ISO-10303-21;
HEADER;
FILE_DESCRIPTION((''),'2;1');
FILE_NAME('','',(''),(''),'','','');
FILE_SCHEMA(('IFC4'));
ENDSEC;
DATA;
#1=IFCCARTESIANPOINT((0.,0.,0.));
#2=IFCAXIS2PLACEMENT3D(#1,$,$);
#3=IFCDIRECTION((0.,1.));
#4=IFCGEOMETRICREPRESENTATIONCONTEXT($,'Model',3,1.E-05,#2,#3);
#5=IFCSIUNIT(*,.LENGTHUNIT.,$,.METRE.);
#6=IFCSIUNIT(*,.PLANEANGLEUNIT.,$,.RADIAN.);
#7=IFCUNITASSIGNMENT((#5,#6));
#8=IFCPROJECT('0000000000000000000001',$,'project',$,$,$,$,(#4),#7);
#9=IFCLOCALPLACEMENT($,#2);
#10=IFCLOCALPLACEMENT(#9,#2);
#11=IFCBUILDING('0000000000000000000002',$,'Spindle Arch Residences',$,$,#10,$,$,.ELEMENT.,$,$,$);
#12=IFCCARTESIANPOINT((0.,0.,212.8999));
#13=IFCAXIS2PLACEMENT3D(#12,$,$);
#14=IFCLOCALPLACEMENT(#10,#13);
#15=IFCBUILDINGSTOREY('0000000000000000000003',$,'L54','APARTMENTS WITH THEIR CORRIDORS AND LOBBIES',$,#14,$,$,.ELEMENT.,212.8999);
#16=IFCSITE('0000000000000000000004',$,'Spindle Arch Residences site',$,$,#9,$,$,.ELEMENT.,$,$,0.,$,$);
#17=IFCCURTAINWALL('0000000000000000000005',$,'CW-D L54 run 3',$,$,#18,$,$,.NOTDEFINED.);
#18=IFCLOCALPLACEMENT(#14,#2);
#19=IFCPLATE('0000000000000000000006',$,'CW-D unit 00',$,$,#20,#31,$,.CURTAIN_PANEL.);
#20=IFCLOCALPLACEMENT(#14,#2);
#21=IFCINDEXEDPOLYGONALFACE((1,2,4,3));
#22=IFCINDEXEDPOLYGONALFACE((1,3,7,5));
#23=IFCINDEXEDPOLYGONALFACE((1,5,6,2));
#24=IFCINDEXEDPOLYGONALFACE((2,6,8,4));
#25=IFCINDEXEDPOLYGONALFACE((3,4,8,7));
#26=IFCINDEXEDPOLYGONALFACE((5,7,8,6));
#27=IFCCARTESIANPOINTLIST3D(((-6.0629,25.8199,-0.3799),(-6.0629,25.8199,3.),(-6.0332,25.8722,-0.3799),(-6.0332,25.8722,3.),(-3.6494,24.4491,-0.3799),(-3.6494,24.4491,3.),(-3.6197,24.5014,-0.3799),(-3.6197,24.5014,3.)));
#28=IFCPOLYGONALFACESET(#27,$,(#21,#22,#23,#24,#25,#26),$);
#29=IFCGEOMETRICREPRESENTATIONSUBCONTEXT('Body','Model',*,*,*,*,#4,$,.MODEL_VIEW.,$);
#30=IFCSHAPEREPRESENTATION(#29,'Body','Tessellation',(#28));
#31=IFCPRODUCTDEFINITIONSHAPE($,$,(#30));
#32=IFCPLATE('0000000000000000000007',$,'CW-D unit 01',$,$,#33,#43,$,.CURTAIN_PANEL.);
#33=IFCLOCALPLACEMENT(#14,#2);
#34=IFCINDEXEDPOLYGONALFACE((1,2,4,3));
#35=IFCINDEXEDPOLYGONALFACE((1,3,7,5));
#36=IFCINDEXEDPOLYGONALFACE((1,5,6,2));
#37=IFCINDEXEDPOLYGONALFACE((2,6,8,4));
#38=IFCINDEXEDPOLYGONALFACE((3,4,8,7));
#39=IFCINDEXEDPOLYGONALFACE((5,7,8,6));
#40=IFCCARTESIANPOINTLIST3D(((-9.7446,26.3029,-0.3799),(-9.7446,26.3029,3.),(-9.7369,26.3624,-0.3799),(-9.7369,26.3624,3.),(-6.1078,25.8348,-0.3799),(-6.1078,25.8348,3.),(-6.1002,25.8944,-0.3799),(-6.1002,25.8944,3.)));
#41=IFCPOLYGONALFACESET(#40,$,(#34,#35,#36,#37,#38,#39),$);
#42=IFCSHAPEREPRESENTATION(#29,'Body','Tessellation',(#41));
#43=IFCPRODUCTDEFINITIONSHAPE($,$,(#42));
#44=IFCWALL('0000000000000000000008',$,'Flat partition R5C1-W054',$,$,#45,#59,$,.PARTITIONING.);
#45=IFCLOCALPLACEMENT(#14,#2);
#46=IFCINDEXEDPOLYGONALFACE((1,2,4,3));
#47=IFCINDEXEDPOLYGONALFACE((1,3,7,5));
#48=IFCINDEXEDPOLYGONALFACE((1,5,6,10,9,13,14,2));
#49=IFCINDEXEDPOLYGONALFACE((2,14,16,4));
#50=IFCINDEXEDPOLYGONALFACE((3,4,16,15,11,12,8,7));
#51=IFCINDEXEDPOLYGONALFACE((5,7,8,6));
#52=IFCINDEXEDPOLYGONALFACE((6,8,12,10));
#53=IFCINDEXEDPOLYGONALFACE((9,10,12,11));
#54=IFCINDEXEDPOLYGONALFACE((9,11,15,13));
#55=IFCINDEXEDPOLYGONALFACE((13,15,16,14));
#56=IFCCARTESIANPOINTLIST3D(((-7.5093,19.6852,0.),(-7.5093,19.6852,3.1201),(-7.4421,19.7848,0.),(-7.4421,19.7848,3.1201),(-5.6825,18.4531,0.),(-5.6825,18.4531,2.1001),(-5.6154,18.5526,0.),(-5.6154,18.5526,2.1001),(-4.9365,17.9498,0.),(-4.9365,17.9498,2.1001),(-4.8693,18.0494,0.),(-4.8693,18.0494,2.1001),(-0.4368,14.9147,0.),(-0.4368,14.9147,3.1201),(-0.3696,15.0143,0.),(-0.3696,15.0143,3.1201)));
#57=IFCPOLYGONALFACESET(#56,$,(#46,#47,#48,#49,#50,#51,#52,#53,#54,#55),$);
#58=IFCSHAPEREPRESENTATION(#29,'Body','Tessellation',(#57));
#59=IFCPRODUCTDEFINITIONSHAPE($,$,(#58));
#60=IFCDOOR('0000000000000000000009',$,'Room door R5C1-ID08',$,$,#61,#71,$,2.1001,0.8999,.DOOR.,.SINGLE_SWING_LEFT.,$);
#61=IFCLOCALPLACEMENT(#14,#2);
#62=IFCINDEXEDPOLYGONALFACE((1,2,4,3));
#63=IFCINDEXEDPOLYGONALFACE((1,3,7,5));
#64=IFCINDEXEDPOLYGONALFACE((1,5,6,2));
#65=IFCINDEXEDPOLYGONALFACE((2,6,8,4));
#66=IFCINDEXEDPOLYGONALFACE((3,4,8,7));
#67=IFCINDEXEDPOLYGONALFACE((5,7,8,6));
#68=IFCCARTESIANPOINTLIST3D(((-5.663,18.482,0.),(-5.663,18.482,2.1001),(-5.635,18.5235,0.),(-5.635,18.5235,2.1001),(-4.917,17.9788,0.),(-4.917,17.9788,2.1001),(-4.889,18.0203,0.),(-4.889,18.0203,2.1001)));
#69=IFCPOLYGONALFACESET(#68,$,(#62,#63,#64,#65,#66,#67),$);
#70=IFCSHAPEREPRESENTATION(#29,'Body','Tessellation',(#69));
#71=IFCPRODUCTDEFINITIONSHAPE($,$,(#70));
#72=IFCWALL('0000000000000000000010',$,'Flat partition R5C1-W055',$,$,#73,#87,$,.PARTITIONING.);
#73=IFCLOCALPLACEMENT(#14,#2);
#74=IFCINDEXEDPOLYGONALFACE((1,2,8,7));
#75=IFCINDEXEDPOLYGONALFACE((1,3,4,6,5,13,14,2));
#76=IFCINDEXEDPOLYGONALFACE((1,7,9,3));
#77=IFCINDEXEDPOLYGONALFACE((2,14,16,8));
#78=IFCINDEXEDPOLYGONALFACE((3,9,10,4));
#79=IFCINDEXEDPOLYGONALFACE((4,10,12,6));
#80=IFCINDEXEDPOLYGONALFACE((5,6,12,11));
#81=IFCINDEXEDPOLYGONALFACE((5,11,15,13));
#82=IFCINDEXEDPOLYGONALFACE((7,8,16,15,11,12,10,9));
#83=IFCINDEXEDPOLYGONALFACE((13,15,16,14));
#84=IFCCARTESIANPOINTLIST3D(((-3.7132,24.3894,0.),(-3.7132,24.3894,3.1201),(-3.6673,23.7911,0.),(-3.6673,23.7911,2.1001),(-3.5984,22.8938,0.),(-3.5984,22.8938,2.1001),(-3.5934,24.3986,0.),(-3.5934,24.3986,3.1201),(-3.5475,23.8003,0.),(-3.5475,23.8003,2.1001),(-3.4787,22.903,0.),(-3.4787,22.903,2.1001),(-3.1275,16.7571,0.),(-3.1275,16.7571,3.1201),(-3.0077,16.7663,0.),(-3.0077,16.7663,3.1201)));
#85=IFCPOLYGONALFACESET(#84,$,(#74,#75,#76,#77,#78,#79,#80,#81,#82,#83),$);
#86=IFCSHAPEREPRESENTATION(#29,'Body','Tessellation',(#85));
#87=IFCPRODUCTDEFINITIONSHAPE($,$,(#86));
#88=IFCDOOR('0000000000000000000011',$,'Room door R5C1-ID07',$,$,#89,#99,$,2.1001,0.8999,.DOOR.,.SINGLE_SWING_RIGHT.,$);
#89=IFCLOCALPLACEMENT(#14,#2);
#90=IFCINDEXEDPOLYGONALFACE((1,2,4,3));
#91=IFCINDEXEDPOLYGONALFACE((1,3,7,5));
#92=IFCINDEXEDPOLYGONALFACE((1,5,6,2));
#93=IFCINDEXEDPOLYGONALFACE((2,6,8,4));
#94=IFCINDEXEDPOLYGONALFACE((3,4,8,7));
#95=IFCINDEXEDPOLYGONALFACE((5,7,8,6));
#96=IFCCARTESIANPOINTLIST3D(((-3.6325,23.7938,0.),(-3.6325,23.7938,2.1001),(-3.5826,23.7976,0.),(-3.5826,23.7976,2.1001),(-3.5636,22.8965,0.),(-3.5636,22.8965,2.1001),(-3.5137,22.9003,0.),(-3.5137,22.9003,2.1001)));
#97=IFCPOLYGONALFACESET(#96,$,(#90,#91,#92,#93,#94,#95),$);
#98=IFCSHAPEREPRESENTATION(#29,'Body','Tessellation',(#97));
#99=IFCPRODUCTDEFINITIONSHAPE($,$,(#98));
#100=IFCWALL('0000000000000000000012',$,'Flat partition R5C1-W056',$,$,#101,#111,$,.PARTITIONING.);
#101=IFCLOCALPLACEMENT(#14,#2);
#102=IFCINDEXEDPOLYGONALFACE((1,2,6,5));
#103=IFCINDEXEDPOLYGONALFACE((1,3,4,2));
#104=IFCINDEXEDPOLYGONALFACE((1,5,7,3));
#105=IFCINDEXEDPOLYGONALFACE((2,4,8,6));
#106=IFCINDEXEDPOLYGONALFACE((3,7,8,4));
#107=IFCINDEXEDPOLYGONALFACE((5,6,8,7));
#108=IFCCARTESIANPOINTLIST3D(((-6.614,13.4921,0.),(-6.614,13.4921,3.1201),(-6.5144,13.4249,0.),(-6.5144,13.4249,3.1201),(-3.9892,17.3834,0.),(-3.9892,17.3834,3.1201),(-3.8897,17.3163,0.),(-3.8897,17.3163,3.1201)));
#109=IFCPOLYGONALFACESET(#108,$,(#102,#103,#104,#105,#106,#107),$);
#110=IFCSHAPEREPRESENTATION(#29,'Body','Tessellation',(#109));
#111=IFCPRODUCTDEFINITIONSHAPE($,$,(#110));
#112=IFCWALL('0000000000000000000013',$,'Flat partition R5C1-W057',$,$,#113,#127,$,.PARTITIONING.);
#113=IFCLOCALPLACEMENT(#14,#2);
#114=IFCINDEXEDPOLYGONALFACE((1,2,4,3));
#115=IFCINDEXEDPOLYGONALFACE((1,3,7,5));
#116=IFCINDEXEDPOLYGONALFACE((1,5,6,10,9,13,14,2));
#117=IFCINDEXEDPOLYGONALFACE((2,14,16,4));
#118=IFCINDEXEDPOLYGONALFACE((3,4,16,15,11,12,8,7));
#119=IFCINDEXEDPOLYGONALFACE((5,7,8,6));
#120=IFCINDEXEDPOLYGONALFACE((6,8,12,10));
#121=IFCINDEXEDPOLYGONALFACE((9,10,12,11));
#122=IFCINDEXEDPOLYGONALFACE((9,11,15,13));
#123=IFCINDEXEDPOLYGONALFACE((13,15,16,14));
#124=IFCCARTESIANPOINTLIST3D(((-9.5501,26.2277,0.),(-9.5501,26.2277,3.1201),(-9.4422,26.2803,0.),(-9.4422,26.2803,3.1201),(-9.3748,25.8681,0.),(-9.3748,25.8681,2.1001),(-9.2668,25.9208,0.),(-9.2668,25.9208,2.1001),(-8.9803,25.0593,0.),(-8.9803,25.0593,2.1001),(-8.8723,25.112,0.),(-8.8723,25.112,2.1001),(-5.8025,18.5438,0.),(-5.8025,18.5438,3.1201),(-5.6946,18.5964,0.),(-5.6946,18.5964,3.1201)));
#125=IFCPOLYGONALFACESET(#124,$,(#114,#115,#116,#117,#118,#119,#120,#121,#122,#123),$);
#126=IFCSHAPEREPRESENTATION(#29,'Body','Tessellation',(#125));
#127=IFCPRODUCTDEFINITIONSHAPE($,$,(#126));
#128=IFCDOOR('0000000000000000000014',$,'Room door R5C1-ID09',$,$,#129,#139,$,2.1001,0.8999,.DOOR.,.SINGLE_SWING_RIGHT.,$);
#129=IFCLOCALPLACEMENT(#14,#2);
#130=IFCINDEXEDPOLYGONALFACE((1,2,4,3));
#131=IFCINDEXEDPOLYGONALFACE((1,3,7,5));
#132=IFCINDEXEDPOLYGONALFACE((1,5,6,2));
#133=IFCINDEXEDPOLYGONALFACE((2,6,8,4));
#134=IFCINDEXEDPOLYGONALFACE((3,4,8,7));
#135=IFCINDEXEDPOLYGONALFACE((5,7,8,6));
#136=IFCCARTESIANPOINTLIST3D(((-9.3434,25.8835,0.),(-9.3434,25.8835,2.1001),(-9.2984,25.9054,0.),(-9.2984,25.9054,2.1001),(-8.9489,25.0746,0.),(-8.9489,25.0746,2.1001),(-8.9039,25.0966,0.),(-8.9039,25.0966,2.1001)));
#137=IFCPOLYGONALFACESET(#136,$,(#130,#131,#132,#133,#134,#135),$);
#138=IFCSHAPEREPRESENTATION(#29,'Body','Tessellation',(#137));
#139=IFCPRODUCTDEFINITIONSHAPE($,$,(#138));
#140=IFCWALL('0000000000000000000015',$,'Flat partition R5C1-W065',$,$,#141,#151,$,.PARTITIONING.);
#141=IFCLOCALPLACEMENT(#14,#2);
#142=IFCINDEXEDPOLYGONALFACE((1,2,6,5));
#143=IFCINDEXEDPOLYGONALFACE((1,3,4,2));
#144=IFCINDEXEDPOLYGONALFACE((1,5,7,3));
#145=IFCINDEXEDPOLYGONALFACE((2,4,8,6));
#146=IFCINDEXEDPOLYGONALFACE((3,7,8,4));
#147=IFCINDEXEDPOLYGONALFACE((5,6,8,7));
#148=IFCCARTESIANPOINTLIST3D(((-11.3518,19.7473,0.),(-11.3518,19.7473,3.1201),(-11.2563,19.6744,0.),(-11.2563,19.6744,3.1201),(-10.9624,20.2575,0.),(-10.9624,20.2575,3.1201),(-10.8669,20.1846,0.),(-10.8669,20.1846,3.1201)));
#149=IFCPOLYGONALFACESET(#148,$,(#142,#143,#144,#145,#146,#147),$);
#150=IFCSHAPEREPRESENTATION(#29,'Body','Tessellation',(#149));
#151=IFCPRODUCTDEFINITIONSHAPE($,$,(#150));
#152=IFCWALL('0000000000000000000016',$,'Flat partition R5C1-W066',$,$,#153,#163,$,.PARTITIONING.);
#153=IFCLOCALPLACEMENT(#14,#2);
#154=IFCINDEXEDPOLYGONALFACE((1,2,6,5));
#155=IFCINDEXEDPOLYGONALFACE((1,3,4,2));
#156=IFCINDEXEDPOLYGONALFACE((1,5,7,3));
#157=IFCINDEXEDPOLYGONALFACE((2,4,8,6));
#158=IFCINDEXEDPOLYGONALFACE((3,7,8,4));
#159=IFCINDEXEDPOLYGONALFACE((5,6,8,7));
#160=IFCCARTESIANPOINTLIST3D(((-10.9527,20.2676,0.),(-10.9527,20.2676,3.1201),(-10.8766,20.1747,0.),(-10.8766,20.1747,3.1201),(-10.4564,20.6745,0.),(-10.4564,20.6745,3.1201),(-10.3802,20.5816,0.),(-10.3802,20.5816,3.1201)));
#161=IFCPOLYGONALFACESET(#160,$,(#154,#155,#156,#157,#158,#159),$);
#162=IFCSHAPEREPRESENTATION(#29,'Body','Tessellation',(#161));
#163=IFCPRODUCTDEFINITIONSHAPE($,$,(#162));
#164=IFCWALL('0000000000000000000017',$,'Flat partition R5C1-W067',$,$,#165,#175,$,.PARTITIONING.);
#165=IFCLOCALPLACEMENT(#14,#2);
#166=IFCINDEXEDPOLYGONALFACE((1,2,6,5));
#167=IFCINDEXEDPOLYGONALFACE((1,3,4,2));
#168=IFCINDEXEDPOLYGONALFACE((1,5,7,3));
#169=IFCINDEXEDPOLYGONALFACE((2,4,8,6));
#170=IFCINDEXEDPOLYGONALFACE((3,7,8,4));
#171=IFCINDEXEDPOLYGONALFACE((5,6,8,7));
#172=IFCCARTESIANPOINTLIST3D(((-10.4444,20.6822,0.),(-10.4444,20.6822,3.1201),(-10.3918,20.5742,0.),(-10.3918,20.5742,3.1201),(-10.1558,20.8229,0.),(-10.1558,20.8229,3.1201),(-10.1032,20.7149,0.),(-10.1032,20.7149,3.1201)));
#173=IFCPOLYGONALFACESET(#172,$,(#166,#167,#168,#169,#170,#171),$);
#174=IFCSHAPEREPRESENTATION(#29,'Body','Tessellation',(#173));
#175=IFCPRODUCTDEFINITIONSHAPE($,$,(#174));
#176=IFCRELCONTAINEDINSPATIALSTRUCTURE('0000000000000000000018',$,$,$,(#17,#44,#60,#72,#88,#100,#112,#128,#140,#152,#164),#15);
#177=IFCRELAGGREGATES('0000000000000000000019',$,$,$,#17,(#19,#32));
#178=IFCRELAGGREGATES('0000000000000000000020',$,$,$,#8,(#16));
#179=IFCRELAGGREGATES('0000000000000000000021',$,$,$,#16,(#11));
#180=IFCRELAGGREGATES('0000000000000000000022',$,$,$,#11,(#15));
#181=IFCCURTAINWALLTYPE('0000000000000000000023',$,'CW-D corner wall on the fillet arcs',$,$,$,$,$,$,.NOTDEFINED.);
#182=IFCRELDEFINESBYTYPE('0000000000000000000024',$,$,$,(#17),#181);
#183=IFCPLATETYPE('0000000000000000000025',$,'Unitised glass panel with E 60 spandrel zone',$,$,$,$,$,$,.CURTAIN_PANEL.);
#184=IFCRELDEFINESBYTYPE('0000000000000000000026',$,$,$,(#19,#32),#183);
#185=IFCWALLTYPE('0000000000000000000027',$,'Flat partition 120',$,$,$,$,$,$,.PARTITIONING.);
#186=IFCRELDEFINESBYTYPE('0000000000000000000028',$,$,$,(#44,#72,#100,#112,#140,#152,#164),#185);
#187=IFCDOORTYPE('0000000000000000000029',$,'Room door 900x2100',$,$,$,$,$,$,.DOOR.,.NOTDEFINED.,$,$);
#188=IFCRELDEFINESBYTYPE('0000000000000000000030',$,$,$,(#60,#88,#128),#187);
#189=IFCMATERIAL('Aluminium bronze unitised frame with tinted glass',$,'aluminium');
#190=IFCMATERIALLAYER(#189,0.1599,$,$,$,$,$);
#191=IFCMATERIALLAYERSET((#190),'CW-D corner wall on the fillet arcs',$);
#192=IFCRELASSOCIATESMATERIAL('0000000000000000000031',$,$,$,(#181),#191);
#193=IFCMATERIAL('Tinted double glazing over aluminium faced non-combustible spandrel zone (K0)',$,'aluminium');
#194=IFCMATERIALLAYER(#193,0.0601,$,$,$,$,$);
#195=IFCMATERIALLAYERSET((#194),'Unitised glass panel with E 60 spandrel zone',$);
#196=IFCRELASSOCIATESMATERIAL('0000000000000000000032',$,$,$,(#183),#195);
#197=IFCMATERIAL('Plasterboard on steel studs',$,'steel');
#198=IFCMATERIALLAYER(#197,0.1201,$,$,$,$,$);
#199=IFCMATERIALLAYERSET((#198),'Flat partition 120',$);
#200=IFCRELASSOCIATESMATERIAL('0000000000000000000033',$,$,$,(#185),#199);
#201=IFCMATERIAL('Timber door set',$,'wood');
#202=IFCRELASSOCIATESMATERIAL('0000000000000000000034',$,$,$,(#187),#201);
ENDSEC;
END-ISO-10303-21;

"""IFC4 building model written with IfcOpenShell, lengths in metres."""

from ifc_helpers import new_model, si_unit, direction, frame, frame_2d, origin, origin_2d, place, context, subcontext, project, spatial, rectangle, extrude, material, layer, layer_set, type_object, element, fill, aggregate, save


model = new_model("IFC4")

# Units and contexts
model_context = context("Model", 3, precision=1e-05, world=origin(), true_north=direction((0.0, 1.0)))
body_context = subcontext(model_context, "Body", "Model", "MODEL_VIEW")
ifc_project = project(units=[si_unit("LENGTHUNIT", "METRE"), si_unit("PLANEANGLEUNIT", "RADIAN")], contexts=[model_context])

# Site, building, storey
site_placement = place(None, origin())
site = spatial("IfcSite", under=ifc_project, at=site_placement, Name="Spindle Arch Residences site", CompositionType="ELEMENT", RefElevation=0.0)
building_placement = place(site_placement, origin())
building = spatial("IfcBuilding", under=site, at=building_placement, Name="Spindle Arch Residences", CompositionType="ELEMENT")
storey_placement = place(building_placement, frame((0.0, 0.0, 212.8999)))
storey = spatial("IfcBuildingStorey", under=building, at=storey_placement, Name="L54", Description="APARTMENTS WITH THEIR CORRIDORS AND LOBBIES", CompositionType="ELEMENT", Elevation=212.8999)

# Curtain wall
ifc_material_1 = material(Name="Aluminium bronze unitised frame with tinted glass", Category="aluminium")
ifc_layer_1 = layer(ifc_material_1, 0.1599)
ifc_layer_set_1 = layer_set([ifc_layer_1], Name="CW-D corner wall on the fillet arcs")
curtain_wall_type = type_object("IfcCurtainWallType", Name="CW-D corner wall on the fillet arcs", PredefinedType="NOTDEFINED", material=ifc_layer_set_1)
curtain_wall_placement = place(storey_placement, origin())
curtain_wall = element("IfcCurtainWall", 1, at=curtain_wall_placement, inside=storey, type_object=curtain_wall_type, Name="CW-D L54 run 3", PredefinedType="NOTDEFINED")

# Plates
ifc_material_2 = material(Name="Tinted double glazing over aluminium faced non-combustible spandrel zone (K0)", Category="aluminium")
ifc_layer_2 = layer(ifc_material_2, 0.0601)
ifc_layer_set_2 = layer_set([ifc_layer_2], Name="Unitised glass panel with E 60 spandrel zone")
plate_type = type_object("IfcPlateType", Name="Unitised glass panel with E 60 spandrel zone", PredefinedType="CURTAIN_PANEL", material=ifc_layer_set_2)
plate_1_placement = place(storey_placement, frame((-4.8413, 25.1606, -0.3799), z_axis=(0.0, 0.0, 1.0), x_axis=(-0.869539, 0.493865, 0.0)))
plate_1 = element("IfcPlate", 2, at=plate_1_placement, type_object=plate_type, Name="CW-D unit 00", PredefinedType="CURTAIN_PANEL", context=body_context, shape_type="SweptSolid", body=[
    extrude(rectangle(XDim=2.7756, YDim=0.0601, at=origin_2d()), origin(), (0.0, 0.0, 1.0), 3.3799),
])
plate_2_placement = place(storey_placement, frame((-7.9224, 26.0986, -0.3799), z_axis=(0.0, 0.0, 1.0), x_axis=(-0.99182, 0.127642, 0.0)))
plate_2 = element("IfcPlate", 3, at=plate_2_placement, type_object=plate_type, Name="CW-D unit 01", PredefinedType="CURTAIN_PANEL", context=body_context, shape_type="SweptSolid", body=[
    extrude(rectangle(XDim=3.6667, YDim=0.0601, at=origin_2d()), origin(), (0.0, 0.0, 1.0), 3.3799),
])
aggregate(curtain_wall, [plate_1, plate_2])

# Walls, openings, doors
ifc_material_3 = material(Name="Plasterboard on steel studs", Category="steel")
ifc_layer_3 = layer(ifc_material_3, 0.1201)
ifc_layer_set_3 = layer_set([ifc_layer_3], Name="Flat partition 120")
wall_type_1 = type_object("IfcWallType", Name="Flat partition 120", PredefinedType="PARTITIONING", material=ifc_layer_set_3)
wall_1_placement = place(storey_placement, frame((-7.4758, 19.7351, 0.0), z_axis=(0.0, 0.0, 1.0), x_axis=(0.829035, -0.559196, 0.0)))
wall_1 = element("IfcWall", 4, at=wall_1_placement, inside=storey, type_object=wall_type_1, Name="Flat partition R5C1-W054", PredefinedType="PARTITIONING", context=body_context, shape_type="SweptSolid", body=[
    extrude(rectangle(XDim=8.531, YDim=0.1201, at=frame_2d((4.2656, 0.0))), origin(), (0.0, 0.0, 1.0), 3.1201),
])
opening_1_placement = place(wall_1_placement, frame((2.2036, 0.0, 0.0)))
opening_1 = element("IfcOpeningElement", 5, at=opening_1_placement, cuts=wall_1, PredefinedType="OPENING", context=body_context, shape_type="SweptSolid", body=[
    extrude(rectangle(XDim=0.8999, YDim=2.1001, at=frame_2d((0.45, 1.05))), frame((0.0, 0.0701, 0.0), z_axis=(0.0, -1.0, 0.0), x_axis=(1.0, 0.0, 0.0)), (0.0, 0.0, 1.0), 0.1401),
])
ifc_material_4 = material(Name="Timber door set", Category="wood")
door_type = type_object("IfcDoorType", Name="Room door 900x2100", OperationType="NOTDEFINED", PredefinedType="DOOR", material=ifc_material_4)
door_1_placement = place(opening_1_placement, origin())
door_1 = element("IfcDoor", 6, at=door_1_placement, inside=storey, type_object=door_type, Name="Room door R5C1-ID08", OperationType="SINGLE_SWING_LEFT", OverallHeight=2.1001, OverallWidth=0.8999, PredefinedType="DOOR", context=body_context, shape_type="SweptSolid", body=[
    extrude(rectangle(XDim=0.8999, YDim=2.1001, at=frame_2d((0.45, 1.05))), frame((0.0, 0.0249, 0.0), z_axis=(0.0, -1.0, 0.0), x_axis=(1.0, 0.0, 0.0)), (0.0, 0.0, 1.0), 0.05),
])
fill(opening_1, door_1)
wall_2_placement = place(storey_placement, frame((-3.6533, 24.394, 0.0), z_axis=(0.0, 0.0, 1.0), x_axis=(0.076514, -0.997069, 0.0)))
wall_2 = element("IfcWall", 7, at=wall_2_placement, inside=storey, type_object=wall_type_1, Name="Flat partition R5C1-W055", PredefinedType="PARTITIONING", context=body_context, shape_type="SweptSolid", body=[
    extrude(rectangle(XDim=7.6548, YDim=0.1201, at=frame_2d((3.8274, 0.0))), origin(), (0.0, 0.0, 1.0), 3.1201),
])
opening_2_placement = place(wall_2_placement, frame((0.6001, 0.0, 0.0)))
opening_2 = element("IfcOpeningElement", 8, at=opening_2_placement, cuts=wall_2, PredefinedType="OPENING", context=body_context, shape_type="SweptSolid", body=[
    extrude(rectangle(XDim=0.8999, YDim=2.1001, at=frame_2d((0.45, 1.05))), frame((0.0, 0.0701, 0.0), z_axis=(0.0, -1.0, 0.0), x_axis=(1.0, 0.0, 0.0)), (0.0, 0.0, 1.0), 0.1401),
])
door_2_placement = place(opening_2_placement, origin())
door_2 = element("IfcDoor", 9, at=door_2_placement, inside=storey, type_object=door_type, Name="Room door R5C1-ID07", OperationType="SINGLE_SWING_RIGHT", OverallHeight=2.1001, OverallWidth=0.8999, PredefinedType="DOOR", context=body_context, shape_type="SweptSolid", body=[
    extrude(rectangle(XDim=0.8999, YDim=2.1001, at=frame_2d((0.45, 1.05))), frame((0.0, 0.0249, 0.0), z_axis=(0.0, -1.0, 0.0), x_axis=(1.0, 0.0, 0.0)), (0.0, 0.0, 1.0), 0.05),
])
fill(opening_2, door_2)

# Wall
wall_3_placement = place(storey_placement, frame((-3.9395, 17.3499, 0.0), z_axis=(0.0, 0.0, 1.0), x_axis=(-0.559193, -0.829037, 0.0)))
element("IfcWall", 10, at=wall_3_placement, inside=storey, type_object=wall_type_1, Name="Flat partition R5C1-W056", PredefinedType="PARTITIONING", context=body_context, shape_type="SweptSolid", body=[
    extrude(rectangle(XDim=4.6938, YDim=0.1201, at=frame_2d((2.3469, 0.0))), origin(), (0.0, 0.0, 1.0), 3.1201),
])

# Wall, opening, door
wall_4_placement = place(storey_placement, frame((-9.4961, 26.2539, 0.0), z_axis=(0.0, 0.0, 1.0), x_axis=(0.438362, -0.898799, 0.0)))
wall_4 = element("IfcWall", 11, at=wall_4_placement, inside=storey, type_object=wall_type_1, Name="Flat partition R5C1-W057", PredefinedType="PARTITIONING", context=body_context, shape_type="SweptSolid", body=[
    extrude(rectangle(XDim=8.5491, YDim=0.1201, at=frame_2d((4.2744, 0.0))), origin(), (0.0, 0.0, 1.0), 3.1201),
])
opening_3_placement = place(wall_4_placement, frame((0.3999, 0.0, 0.0)))
opening_3 = element("IfcOpeningElement", 12, at=opening_3_placement, cuts=wall_4, PredefinedType="OPENING", context=body_context, shape_type="SweptSolid", body=[
    extrude(rectangle(XDim=0.8999, YDim=2.1001, at=frame_2d((0.45, 1.05))), frame((0.0, 0.0701, 0.0), z_axis=(0.0, -1.0, 0.0), x_axis=(1.0, 0.0, 0.0)), (0.0, 0.0, 1.0), 0.1401),
])
door_3_placement = place(opening_3_placement, origin())
door_3 = element("IfcDoor", 13, at=door_3_placement, inside=storey, type_object=door_type, Name="Room door R5C1-ID09", OperationType="SINGLE_SWING_RIGHT", OverallHeight=2.1001, OverallWidth=0.8999, PredefinedType="DOOR", context=body_context, shape_type="SweptSolid", body=[
    extrude(rectangle(XDim=0.8999, YDim=2.1001, at=frame_2d((0.45, 1.05))), frame((0.0, 0.0249, 0.0), z_axis=(0.0, -1.0, 0.0), x_axis=(1.0, 0.0, 0.0)), (0.0, 0.0, 1.0), 0.05),
])
fill(opening_3, door_3)

# Walls
for number, where, z_axis, x_axis, name in (
    (14, (-11.304, 19.7109, 0.0), (0.0, 0.0, 1.0), (0.606673, 0.794951, 0.0), "Flat partition R5C1-W065"),
    (15, (-10.9146, 20.2212, 0.0), (0.0, 0.0, 1.0), (0.773279, 0.634066, 0.0), "Flat partition R5C1-W066"),
):
    element("IfcWall", number, at=place(storey_placement, frame(where, z_axis=z_axis, x_axis=x_axis)), inside=storey, type_object=wall_type_1, Name=name, PredefinedType="PARTITIONING", context=body_context, shape_type="SweptSolid", body=[
        extrude(rectangle(XDim=0.6418, YDim=0.1201, at=frame_2d((0.3208, 0.0))), origin(), (0.0, 0.0, 1.0), 3.1201),
    ])
wall_5_placement = place(storey_placement, frame((-10.4182, 20.6282, 0.0), z_axis=(0.0, 0.0, 1.0), x_axis=(0.898944, 0.438064, 0.0)))
element("IfcWall", 16, at=wall_5_placement, inside=storey, type_object=wall_type_1, Name="Flat partition R5C1-W067", PredefinedType="PARTITIONING", context=body_context, shape_type="SweptSolid", body=[
    extrude(rectangle(XDim=0.321, YDim=0.1201, at=frame_2d((0.1606, 0.0))), origin(), (0.0, 0.0, 1.0), 3.1201),
])

save(model, "model.ifc")
